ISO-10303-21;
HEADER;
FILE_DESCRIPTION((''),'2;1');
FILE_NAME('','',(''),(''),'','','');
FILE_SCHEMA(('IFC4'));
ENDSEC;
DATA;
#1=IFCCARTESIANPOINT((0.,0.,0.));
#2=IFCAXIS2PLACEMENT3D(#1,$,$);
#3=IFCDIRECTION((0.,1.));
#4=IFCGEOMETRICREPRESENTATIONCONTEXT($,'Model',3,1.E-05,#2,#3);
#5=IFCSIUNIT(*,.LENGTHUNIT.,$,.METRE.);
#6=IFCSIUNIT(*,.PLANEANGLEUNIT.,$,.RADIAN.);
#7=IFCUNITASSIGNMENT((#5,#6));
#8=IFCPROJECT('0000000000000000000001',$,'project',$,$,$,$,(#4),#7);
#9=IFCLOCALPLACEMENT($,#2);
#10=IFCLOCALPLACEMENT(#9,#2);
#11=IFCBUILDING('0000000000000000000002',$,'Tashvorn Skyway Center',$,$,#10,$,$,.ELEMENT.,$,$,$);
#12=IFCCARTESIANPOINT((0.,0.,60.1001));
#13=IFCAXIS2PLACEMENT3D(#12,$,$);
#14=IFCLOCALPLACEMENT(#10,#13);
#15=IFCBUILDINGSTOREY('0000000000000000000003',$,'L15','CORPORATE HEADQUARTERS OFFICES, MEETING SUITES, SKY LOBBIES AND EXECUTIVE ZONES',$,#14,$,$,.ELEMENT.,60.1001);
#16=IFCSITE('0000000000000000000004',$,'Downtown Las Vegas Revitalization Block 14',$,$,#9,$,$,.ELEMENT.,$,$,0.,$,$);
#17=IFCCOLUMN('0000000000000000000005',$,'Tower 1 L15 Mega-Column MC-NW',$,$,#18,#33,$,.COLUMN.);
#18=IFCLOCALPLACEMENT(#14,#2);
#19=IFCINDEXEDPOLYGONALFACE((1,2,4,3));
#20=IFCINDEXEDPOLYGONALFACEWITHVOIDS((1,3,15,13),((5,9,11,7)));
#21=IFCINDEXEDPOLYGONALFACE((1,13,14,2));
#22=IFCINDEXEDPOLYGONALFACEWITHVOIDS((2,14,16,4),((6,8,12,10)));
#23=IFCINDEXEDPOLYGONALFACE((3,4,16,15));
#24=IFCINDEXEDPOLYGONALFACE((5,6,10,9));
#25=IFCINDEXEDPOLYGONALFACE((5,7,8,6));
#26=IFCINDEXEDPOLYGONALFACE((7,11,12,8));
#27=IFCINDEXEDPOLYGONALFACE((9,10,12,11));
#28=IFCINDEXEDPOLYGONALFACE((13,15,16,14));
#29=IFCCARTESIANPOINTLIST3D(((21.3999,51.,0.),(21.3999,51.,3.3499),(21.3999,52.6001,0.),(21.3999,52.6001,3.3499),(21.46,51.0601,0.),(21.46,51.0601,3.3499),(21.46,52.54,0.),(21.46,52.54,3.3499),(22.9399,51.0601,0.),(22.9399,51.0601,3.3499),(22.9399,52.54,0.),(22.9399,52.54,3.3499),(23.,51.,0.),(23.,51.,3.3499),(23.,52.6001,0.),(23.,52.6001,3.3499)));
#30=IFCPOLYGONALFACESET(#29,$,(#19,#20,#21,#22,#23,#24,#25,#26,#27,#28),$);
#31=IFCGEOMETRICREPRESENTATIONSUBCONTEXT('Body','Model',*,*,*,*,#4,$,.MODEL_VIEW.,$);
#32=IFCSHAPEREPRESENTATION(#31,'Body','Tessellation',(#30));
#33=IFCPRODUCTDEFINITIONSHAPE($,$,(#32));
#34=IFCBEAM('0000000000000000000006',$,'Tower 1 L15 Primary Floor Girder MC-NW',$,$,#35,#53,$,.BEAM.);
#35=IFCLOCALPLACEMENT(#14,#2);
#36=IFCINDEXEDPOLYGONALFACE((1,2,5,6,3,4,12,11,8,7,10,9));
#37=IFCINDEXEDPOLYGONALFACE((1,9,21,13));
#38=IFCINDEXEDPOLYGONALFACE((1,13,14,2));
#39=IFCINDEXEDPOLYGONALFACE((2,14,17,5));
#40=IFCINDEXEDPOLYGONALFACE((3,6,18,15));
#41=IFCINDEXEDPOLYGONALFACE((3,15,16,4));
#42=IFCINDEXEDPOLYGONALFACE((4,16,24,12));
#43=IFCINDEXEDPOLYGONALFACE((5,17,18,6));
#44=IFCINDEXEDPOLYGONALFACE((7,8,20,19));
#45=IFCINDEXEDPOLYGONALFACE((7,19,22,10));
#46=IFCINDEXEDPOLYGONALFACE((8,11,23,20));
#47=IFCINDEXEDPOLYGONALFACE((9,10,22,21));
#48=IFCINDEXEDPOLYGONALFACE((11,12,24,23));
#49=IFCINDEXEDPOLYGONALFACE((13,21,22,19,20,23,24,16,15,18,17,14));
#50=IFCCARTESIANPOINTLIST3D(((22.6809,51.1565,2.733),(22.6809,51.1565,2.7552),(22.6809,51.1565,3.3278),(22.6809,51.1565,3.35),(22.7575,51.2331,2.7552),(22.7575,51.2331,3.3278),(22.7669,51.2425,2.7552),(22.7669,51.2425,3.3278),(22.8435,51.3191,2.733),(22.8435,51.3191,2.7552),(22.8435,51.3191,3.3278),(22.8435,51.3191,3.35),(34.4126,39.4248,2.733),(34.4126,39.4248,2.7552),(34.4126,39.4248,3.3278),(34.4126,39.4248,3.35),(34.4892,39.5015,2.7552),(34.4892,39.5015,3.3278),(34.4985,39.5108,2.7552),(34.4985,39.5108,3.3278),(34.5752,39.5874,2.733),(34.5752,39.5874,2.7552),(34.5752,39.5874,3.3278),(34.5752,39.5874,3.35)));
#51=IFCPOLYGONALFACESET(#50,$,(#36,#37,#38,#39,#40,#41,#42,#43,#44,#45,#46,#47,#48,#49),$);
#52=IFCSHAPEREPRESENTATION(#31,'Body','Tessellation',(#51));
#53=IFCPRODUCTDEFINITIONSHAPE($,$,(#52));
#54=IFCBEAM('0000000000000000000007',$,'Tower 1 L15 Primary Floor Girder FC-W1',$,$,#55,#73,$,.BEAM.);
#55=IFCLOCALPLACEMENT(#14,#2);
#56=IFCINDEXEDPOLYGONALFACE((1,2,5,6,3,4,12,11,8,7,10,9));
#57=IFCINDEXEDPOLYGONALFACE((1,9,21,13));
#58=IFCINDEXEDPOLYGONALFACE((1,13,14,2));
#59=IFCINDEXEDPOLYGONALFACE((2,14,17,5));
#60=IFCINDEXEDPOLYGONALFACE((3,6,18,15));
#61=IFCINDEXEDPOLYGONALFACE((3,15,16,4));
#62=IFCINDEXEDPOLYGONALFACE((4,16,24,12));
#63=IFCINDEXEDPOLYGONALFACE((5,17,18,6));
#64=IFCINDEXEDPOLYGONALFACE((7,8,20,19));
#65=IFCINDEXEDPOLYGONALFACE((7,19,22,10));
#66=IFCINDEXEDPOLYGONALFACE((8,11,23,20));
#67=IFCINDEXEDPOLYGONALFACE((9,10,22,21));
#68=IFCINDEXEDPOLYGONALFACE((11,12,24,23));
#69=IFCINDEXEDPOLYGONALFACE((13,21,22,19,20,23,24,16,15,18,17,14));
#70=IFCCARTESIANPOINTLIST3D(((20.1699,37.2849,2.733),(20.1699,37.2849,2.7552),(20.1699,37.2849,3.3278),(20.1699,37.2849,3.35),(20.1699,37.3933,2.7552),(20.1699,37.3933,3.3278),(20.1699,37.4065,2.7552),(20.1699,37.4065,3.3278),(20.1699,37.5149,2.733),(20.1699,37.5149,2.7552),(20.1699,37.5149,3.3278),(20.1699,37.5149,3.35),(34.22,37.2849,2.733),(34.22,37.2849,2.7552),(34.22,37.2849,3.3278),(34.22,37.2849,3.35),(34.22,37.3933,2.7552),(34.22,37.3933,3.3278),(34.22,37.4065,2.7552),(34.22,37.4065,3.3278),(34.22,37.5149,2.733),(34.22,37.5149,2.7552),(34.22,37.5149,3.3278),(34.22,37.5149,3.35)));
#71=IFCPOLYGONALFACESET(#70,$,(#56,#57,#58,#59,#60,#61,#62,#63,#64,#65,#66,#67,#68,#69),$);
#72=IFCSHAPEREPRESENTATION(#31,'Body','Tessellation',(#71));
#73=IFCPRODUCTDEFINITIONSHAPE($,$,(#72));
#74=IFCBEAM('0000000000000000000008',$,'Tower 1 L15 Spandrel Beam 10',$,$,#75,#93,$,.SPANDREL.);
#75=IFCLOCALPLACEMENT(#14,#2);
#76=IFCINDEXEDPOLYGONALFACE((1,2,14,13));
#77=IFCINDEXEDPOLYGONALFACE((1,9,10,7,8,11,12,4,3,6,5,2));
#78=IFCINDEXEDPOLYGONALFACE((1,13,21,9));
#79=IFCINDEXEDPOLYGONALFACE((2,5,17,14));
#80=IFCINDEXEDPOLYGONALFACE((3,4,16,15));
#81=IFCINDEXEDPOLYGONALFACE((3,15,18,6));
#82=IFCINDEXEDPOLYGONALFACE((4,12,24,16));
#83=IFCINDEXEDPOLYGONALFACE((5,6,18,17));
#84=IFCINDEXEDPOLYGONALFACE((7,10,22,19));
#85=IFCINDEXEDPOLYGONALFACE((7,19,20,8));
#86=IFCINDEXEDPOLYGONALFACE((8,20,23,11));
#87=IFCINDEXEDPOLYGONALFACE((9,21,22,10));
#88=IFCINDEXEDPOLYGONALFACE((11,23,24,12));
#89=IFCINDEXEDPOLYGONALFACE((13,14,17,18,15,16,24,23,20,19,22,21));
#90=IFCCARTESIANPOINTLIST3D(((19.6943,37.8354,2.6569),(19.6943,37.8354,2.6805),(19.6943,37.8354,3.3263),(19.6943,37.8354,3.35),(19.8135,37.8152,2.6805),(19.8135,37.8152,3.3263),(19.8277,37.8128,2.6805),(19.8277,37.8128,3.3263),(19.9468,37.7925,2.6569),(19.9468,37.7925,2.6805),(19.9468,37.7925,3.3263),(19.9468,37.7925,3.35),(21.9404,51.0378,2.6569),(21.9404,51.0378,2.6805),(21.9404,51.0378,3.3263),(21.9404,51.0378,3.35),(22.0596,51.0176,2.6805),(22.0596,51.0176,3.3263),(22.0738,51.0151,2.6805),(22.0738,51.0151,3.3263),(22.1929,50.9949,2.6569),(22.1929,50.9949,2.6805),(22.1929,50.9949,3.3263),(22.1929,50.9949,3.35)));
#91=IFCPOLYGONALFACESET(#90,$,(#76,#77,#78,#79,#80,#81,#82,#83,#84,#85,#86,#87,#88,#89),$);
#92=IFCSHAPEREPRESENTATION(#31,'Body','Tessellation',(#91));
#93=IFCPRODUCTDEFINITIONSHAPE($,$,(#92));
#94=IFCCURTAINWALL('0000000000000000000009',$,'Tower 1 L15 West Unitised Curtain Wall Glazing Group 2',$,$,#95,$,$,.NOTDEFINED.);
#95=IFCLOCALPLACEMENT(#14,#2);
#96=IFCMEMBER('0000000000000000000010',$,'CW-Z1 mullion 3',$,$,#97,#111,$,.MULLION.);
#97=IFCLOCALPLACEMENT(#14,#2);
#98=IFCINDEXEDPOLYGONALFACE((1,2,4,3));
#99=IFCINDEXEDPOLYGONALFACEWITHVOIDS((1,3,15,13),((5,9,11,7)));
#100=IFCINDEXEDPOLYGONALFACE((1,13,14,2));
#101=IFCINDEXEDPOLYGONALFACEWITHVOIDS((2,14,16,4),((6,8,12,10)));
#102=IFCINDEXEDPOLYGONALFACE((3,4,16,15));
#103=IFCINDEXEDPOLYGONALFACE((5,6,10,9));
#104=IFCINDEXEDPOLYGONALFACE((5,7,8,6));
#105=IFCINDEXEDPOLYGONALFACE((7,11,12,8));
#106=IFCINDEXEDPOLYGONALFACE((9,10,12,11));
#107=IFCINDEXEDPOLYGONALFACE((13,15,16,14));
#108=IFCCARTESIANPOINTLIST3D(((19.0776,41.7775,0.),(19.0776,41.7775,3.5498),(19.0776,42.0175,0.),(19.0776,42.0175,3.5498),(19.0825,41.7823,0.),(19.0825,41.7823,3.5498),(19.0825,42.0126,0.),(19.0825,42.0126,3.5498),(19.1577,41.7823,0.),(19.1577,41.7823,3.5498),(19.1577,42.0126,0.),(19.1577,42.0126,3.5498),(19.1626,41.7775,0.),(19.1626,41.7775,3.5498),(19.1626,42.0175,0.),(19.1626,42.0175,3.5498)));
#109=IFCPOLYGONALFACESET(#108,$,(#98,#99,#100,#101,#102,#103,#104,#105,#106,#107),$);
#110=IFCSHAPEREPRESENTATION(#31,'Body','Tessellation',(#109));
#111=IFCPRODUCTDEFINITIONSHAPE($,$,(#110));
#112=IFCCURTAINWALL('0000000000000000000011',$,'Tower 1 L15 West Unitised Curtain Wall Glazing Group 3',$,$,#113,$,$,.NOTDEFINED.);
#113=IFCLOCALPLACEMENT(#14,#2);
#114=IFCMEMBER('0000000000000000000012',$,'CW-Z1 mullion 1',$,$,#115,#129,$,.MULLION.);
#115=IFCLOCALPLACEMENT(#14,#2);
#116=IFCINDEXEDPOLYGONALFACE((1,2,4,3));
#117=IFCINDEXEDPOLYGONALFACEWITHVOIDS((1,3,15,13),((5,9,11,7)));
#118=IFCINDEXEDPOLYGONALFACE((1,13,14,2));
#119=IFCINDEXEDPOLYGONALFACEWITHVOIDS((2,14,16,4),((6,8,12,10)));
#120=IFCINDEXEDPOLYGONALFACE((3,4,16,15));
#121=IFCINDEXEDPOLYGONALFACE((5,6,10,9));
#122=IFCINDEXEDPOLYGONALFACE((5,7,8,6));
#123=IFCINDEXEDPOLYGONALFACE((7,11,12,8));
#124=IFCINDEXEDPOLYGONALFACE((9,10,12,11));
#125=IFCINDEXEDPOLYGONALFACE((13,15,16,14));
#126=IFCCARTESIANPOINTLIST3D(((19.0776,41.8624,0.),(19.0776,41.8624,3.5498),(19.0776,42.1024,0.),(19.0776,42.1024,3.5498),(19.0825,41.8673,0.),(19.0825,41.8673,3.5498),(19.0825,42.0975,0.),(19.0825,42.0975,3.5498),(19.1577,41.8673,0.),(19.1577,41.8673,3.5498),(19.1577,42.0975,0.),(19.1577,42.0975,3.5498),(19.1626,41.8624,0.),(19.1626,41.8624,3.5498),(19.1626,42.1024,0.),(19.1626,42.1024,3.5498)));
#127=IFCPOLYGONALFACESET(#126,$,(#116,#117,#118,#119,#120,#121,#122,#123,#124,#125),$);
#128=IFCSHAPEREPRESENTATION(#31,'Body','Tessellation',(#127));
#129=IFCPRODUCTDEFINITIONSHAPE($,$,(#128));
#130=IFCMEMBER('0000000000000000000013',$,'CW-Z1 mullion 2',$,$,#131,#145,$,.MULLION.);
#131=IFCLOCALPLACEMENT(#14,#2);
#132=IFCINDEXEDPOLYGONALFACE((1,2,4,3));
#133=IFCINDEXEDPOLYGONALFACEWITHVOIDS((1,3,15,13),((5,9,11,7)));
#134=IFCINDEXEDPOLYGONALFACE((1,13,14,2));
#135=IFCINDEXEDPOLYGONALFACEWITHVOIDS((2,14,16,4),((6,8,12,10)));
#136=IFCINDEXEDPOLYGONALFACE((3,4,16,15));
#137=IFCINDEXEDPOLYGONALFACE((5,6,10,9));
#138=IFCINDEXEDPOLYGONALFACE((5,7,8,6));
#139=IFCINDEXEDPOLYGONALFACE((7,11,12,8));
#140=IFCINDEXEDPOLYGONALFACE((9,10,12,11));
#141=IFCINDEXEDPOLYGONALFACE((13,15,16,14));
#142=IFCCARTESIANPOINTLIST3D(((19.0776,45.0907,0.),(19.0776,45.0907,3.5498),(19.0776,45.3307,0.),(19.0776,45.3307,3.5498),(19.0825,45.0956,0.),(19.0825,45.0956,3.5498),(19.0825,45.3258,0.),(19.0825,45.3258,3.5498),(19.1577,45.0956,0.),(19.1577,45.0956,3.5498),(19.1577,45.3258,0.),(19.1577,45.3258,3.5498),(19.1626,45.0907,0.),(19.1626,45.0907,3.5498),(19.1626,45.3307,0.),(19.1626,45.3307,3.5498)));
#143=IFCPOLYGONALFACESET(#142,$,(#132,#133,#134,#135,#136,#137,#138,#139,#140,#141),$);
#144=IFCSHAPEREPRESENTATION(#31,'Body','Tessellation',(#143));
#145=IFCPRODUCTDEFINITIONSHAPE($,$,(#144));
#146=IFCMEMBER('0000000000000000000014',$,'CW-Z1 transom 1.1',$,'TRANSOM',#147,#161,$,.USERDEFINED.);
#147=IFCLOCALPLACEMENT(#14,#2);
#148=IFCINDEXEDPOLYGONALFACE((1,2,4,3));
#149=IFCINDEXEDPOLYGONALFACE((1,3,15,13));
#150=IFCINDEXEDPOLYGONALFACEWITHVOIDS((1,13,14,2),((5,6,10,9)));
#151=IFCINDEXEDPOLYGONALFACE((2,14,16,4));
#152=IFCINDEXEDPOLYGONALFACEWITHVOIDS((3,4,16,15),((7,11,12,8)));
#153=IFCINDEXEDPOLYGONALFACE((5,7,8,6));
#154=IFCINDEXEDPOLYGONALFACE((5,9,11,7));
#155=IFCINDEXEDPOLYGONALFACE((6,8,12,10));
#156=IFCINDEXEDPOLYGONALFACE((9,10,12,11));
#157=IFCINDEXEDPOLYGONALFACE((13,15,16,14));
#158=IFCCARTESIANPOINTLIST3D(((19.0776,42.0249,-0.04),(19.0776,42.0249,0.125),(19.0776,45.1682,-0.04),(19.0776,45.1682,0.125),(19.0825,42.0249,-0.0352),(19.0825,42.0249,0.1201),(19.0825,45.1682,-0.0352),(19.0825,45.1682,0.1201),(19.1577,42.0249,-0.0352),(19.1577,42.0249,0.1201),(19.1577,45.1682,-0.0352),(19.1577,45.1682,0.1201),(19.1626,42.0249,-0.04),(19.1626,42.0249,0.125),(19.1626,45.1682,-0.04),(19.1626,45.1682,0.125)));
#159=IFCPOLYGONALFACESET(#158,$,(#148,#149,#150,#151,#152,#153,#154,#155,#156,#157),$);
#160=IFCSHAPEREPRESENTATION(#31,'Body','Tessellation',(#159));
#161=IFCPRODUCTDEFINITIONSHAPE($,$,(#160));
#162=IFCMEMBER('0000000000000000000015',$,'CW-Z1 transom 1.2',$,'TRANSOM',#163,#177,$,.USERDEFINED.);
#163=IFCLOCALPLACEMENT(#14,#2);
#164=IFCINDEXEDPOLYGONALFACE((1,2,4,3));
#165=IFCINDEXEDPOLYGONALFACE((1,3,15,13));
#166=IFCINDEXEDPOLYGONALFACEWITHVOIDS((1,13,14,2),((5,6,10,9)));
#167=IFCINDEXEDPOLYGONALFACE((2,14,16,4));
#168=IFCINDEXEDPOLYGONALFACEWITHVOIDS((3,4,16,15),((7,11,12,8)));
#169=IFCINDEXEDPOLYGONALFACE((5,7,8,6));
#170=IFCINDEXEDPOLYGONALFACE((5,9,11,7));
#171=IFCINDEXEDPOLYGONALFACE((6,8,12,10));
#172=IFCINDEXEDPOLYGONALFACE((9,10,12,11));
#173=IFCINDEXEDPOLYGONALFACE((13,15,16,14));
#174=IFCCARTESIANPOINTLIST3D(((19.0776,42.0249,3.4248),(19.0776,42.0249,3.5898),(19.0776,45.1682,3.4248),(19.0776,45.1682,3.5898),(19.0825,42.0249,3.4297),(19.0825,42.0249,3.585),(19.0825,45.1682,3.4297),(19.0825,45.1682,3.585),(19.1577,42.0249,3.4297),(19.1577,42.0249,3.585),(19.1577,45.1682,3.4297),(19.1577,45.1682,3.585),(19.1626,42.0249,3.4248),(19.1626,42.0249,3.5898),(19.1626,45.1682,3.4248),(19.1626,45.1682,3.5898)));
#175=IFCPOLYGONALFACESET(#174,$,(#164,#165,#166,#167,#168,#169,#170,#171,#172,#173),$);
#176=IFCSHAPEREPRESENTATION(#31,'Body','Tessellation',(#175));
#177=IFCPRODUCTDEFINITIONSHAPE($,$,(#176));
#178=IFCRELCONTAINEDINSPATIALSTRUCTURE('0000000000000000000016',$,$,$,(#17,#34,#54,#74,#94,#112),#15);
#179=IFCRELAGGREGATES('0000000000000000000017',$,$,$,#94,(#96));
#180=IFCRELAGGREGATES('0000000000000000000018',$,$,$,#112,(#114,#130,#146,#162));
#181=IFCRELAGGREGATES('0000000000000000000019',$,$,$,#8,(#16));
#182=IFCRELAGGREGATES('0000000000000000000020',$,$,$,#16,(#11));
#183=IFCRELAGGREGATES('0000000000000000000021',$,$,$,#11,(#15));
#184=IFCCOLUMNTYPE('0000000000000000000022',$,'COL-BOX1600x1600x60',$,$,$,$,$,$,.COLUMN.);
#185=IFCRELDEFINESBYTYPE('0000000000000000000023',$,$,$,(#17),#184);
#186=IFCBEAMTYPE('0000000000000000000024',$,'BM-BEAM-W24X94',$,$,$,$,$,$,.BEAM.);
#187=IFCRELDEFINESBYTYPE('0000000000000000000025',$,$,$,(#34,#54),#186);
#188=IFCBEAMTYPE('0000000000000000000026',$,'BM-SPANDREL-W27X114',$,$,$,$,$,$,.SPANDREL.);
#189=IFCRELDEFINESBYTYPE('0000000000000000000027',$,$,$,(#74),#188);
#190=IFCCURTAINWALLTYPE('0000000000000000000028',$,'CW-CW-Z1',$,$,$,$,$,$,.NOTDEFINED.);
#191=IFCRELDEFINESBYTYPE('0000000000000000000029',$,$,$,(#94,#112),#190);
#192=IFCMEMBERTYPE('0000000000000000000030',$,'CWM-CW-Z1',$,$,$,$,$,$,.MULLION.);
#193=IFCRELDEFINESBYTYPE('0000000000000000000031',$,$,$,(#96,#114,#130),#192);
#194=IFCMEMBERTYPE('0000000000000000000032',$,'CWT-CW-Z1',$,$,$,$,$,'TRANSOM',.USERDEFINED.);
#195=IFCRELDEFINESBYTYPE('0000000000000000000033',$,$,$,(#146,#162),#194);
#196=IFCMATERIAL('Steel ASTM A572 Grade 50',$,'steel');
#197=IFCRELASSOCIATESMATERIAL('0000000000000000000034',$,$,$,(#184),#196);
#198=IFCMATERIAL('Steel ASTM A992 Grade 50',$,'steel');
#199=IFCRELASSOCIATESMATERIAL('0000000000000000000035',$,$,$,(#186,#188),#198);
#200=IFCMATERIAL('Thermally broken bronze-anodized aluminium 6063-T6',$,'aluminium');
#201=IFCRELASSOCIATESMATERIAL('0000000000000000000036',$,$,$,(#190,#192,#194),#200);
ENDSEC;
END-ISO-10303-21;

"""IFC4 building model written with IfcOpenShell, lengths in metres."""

from ifc_helpers import new_model, si_unit, direction, frame, origin, origin_2d, place, context, subcontext, project, spatial, hollow_rectangle, i_section, extrude, material, material_profile, profile_set, type_object, element, aggregate, save


model = new_model("IFC4")

# Units and contexts
model_context = context("Model", 3, precision=1e-05, world=origin(), true_north=direction((0.0, 1.0)))
body_context = subcontext(model_context, "Body", "Model", "MODEL_VIEW")
ifc_project = project(units=[si_unit("LENGTHUNIT", "METRE"), si_unit("PLANEANGLEUNIT", "RADIAN")], contexts=[model_context])

# Site, building, storey
site_placement = place(None, origin())
site = spatial("IfcSite", under=ifc_project, at=site_placement, Name="Downtown Las Vegas Revitalization Block 14", CompositionType="ELEMENT", RefElevation=0.0)
building_placement = place(site_placement, origin())
building = spatial("IfcBuilding", under=site, at=building_placement, Name="Tashvorn Skyway Center", CompositionType="ELEMENT")
storey_placement = place(building_placement, frame((0.0, 0.0, 60.1001)))
storey = spatial("IfcBuildingStorey", under=building, at=storey_placement, Name="L15", Description="CORPORATE HEADQUARTERS OFFICES, MEETING SUITES, SKY LOBBIES AND EXECUTIVE ZONES", CompositionType="ELEMENT", Elevation=60.1001)

# Column
ifc_material_1 = material(Name="Steel ASTM A572 Grade 50", Category="steel")
ifc_material_profile_1 = material_profile(ifc_material_1, hollow_rectangle(XDim=1.6001, YDim=1.6001, WallThickness=0.0601, at=origin_2d()), Name="BOX1600x1600x60")
ifc_profile_set_1 = profile_set([ifc_material_profile_1], Name="Steel ASTM A572 Grade 50")
column_type = type_object("IfcColumnType", Name="COL-BOX1600x1600x60", PredefinedType="COLUMN", material=ifc_profile_set_1)
column_placement = place(storey_placement, frame((22.2, 51.8, 0.0), z_axis=(0.0, 0.0, 1.0), x_axis=(1.0, 0.0, 0.0)))
element("IfcColumn", 1, at=column_placement, inside=storey, type_object=column_type, Name="Tower 1 L15 Mega-Column MC-NW", PredefinedType="COLUMN", context=body_context, shape_type="SweptSolid", body=[
    extrude(hollow_rectangle(XDim=1.6001, YDim=1.6001, WallThickness=0.0601, at=origin_2d()), origin(), (0.0, 0.0, 1.0), 3.3499),
])

# Beams
ifc_material_2 = material(Name="Steel ASTM A992 Grade 50", Category="steel")
ifc_material_profile_2 = material_profile(ifc_material_2, i_section(OverallWidth=0.23, OverallDepth=0.6169, WebThickness=0.0132, FlangeThickness=0.0222, at=origin_2d()), Name="W24X94")
ifc_profile_set_2 = profile_set([ifc_material_profile_2], Name="Steel ASTM A992 Grade 50")
beam_type_1 = type_object("IfcBeamType", Name="BM-BEAM-W24X94", PredefinedType="BEAM", material=ifc_profile_set_2)
beam_1_placement = place(storey_placement, frame((22.7622, 51.2378, 3.0415), z_axis=(0.707107, -0.707107, 0.0), x_axis=(0.707107, 0.707107, 0.0)))
element("IfcBeam", 2, at=beam_1_placement, inside=storey, type_object=beam_type_1, Name="Tower 1 L15 Primary Floor Girder MC-NW", PredefinedType="BEAM", context=body_context, shape_type="SweptSolid", body=[
    extrude(i_section(OverallWidth=0.23, OverallDepth=0.6169, WebThickness=0.0132, FlangeThickness=0.0222, at=origin_2d()), origin(), (0.0, 0.0, 1.0), 16.5911),
])
beam_2_placement = place(storey_placement, frame((20.1699, 37.3999, 3.0415), z_axis=(1.0, 0.0, 0.0), x_axis=(0.0, 1.0, 0.0)))
element("IfcBeam", 3, at=beam_2_placement, inside=storey, type_object=beam_type_1, Name="Tower 1 L15 Primary Floor Girder FC-W1", PredefinedType="BEAM", context=body_context, shape_type="SweptSolid", body=[
    extrude(i_section(OverallWidth=0.23, OverallDepth=0.6169, WebThickness=0.0132, FlangeThickness=0.0222, at=origin_2d()), origin(), (0.0, 0.0, 1.0), 14.05),
])
ifc_material_profile_3 = material_profile(ifc_material_2, i_section(OverallWidth=0.2561, OverallDepth=0.6931, WebThickness=0.0144, FlangeThickness=0.0237, at=origin_2d()), Name="W27X114")
ifc_profile_set_3 = profile_set([ifc_material_profile_3], Name="Steel ASTM A992 Grade 50")
beam_type_2 = type_object("IfcBeamType", Name="BM-SPANDREL-W27X114", PredefinedType="SPANDREL", material=ifc_profile_set_3)
beam_3_placement = place(storey_placement, frame((22.0667, 51.0164, 3.0034), z_axis=(-0.167718, -0.985835, 0.0), x_axis=(0.985835, -0.167718, 0.0)))
element("IfcBeam", 4, at=beam_3_placement, inside=storey, type_object=beam_type_2, Name="Tower 1 L15 Spandrel Beam 10", PredefinedType="SPANDREL", context=body_context, shape_type="SweptSolid", body=[
    extrude(i_section(OverallWidth=0.2561, OverallDepth=0.6931, WebThickness=0.0144, FlangeThickness=0.0237, at=origin_2d()), origin(), (0.0, 0.0, 1.0), 13.3921),
])

# Curtain wall, member
ifc_material_3 = material(Name="Thermally broken bronze-anodized aluminium 6063-T6", Category="aluminium")
curtain_wall_type = type_object("IfcCurtainWallType", Name="CW-CW-Z1", PredefinedType="NOTDEFINED", material=ifc_material_3)
curtain_wall_1_placement = place(storey_placement, origin())
curtain_wall_1 = element("IfcCurtainWall", 5, at=curtain_wall_1_placement, inside=storey, type_object=curtain_wall_type, Name="Tower 1 L15 West Unitised Curtain Wall Glazing Group 2", PredefinedType="NOTDEFINED")
ifc_material_profile_4 = material_profile(ifc_material_3, hollow_rectangle(XDim=0.085, YDim=0.24, WallThickness=0.0049, at=origin_2d()), Name="ALU-MULL-85x240")
ifc_profile_set_4 = profile_set([ifc_material_profile_4], Name="Thermally broken bronze-anodized aluminium 6063-T6")
member_type_1 = type_object("IfcMemberType", Name="CWM-CW-Z1", PredefinedType="MULLION", material=ifc_profile_set_4)
member_1_placement = place(storey_placement, frame((19.1201, 41.8975, 0.0), z_axis=(0.0, 0.0, 1.0), x_axis=(-1.0, 0.0, 0.0)))
member_1 = element("IfcMember", 6, at=member_1_placement, type_object=member_type_1, Name="CW-Z1 mullion 3", PredefinedType="MULLION", context=body_context, shape_type="SweptSolid", body=[
    extrude(hollow_rectangle(XDim=0.085, YDim=0.24, WallThickness=0.0049, at=origin_2d()), origin(), (0.0, 0.0, 1.0), 3.5498),
])
aggregate(curtain_wall_1, [member_1])

# Curtain wall, members
curtain_wall_2_placement = place(storey_placement, origin())
curtain_wall_2 = element("IfcCurtainWall", 7, at=curtain_wall_2_placement, inside=storey, type_object=curtain_wall_type, Name="Tower 1 L15 West Unitised Curtain Wall Glazing Group 3", PredefinedType="NOTDEFINED")
member_2_placement = place(storey_placement, frame((19.1201, 41.9824, 0.0), z_axis=(0.0, 0.0, 1.0), x_axis=(-1.0, 0.0, 0.0)))
member_2 = element("IfcMember", 8, at=member_2_placement, type_object=member_type_1, Name="CW-Z1 mullion 1", PredefinedType="MULLION", context=body_context, shape_type="SweptSolid", body=[
    extrude(hollow_rectangle(XDim=0.085, YDim=0.24, WallThickness=0.0049, at=origin_2d()), origin(), (0.0, 0.0, 1.0), 3.5498),
])
member_3_placement = place(storey_placement, frame((19.1201, 45.2107, 0.0), z_axis=(0.0, 0.0, 1.0), x_axis=(-1.0, 0.0, 0.0)))
member_3 = element("IfcMember", 9, at=member_3_placement, type_object=member_type_1, Name="CW-Z1 mullion 2", PredefinedType="MULLION", context=body_context, shape_type="SweptSolid", body=[
    extrude(hollow_rectangle(XDim=0.085, YDim=0.24, WallThickness=0.0049, at=origin_2d()), origin(), (0.0, 0.0, 1.0), 3.5498),
])
ifc_material_profile_5 = material_profile(ifc_material_3, hollow_rectangle(XDim=0.085, YDim=0.165, WallThickness=0.0049, at=origin_2d()), Name="ALU-TRAN-85x165")
ifc_profile_set_5 = profile_set([ifc_material_profile_5], Name="Thermally broken bronze-anodized aluminium 6063-T6")
member_type_2 = type_object("IfcMemberType", Name="CWT-CW-Z1", ElementType="TRANSOM", PredefinedType="USERDEFINED", material=ifc_profile_set_5)
member_4_placement = place(storey_placement, frame((19.1201, 42.0249, 0.0425), z_axis=(0.0, 1.0, 0.0), x_axis=(-1.0, 0.0, 0.0)))
member_4 = element("IfcMember", 10, at=member_4_placement, type_object=member_type_2, Name="CW-Z1 transom 1.1", ObjectType="TRANSOM", PredefinedType="USERDEFINED", context=body_context, shape_type="SweptSolid", body=[
    extrude(hollow_rectangle(XDim=0.085, YDim=0.165, WallThickness=0.0049, at=origin_2d()), origin(), (0.0, 0.0, 1.0), 3.1433),
])
member_5_placement = place(storey_placement, frame((19.1201, 42.0249, 3.5073), z_axis=(0.0, 1.0, 0.0), x_axis=(-1.0, 0.0, 0.0)))
member_5 = element("IfcMember", 11, at=member_5_placement, type_object=member_type_2, Name="CW-Z1 transom 1.2", ObjectType="TRANSOM", PredefinedType="USERDEFINED", context=body_context, shape_type="SweptSolid", body=[
    extrude(hollow_rectangle(XDim=0.085, YDim=0.165, WallThickness=0.0049, at=origin_2d()), origin(), (0.0, 0.0, 1.0), 3.1433),
])
aggregate(curtain_wall_2, [member_2, member_3, member_4, member_5])

save(model, "model.ifc")
